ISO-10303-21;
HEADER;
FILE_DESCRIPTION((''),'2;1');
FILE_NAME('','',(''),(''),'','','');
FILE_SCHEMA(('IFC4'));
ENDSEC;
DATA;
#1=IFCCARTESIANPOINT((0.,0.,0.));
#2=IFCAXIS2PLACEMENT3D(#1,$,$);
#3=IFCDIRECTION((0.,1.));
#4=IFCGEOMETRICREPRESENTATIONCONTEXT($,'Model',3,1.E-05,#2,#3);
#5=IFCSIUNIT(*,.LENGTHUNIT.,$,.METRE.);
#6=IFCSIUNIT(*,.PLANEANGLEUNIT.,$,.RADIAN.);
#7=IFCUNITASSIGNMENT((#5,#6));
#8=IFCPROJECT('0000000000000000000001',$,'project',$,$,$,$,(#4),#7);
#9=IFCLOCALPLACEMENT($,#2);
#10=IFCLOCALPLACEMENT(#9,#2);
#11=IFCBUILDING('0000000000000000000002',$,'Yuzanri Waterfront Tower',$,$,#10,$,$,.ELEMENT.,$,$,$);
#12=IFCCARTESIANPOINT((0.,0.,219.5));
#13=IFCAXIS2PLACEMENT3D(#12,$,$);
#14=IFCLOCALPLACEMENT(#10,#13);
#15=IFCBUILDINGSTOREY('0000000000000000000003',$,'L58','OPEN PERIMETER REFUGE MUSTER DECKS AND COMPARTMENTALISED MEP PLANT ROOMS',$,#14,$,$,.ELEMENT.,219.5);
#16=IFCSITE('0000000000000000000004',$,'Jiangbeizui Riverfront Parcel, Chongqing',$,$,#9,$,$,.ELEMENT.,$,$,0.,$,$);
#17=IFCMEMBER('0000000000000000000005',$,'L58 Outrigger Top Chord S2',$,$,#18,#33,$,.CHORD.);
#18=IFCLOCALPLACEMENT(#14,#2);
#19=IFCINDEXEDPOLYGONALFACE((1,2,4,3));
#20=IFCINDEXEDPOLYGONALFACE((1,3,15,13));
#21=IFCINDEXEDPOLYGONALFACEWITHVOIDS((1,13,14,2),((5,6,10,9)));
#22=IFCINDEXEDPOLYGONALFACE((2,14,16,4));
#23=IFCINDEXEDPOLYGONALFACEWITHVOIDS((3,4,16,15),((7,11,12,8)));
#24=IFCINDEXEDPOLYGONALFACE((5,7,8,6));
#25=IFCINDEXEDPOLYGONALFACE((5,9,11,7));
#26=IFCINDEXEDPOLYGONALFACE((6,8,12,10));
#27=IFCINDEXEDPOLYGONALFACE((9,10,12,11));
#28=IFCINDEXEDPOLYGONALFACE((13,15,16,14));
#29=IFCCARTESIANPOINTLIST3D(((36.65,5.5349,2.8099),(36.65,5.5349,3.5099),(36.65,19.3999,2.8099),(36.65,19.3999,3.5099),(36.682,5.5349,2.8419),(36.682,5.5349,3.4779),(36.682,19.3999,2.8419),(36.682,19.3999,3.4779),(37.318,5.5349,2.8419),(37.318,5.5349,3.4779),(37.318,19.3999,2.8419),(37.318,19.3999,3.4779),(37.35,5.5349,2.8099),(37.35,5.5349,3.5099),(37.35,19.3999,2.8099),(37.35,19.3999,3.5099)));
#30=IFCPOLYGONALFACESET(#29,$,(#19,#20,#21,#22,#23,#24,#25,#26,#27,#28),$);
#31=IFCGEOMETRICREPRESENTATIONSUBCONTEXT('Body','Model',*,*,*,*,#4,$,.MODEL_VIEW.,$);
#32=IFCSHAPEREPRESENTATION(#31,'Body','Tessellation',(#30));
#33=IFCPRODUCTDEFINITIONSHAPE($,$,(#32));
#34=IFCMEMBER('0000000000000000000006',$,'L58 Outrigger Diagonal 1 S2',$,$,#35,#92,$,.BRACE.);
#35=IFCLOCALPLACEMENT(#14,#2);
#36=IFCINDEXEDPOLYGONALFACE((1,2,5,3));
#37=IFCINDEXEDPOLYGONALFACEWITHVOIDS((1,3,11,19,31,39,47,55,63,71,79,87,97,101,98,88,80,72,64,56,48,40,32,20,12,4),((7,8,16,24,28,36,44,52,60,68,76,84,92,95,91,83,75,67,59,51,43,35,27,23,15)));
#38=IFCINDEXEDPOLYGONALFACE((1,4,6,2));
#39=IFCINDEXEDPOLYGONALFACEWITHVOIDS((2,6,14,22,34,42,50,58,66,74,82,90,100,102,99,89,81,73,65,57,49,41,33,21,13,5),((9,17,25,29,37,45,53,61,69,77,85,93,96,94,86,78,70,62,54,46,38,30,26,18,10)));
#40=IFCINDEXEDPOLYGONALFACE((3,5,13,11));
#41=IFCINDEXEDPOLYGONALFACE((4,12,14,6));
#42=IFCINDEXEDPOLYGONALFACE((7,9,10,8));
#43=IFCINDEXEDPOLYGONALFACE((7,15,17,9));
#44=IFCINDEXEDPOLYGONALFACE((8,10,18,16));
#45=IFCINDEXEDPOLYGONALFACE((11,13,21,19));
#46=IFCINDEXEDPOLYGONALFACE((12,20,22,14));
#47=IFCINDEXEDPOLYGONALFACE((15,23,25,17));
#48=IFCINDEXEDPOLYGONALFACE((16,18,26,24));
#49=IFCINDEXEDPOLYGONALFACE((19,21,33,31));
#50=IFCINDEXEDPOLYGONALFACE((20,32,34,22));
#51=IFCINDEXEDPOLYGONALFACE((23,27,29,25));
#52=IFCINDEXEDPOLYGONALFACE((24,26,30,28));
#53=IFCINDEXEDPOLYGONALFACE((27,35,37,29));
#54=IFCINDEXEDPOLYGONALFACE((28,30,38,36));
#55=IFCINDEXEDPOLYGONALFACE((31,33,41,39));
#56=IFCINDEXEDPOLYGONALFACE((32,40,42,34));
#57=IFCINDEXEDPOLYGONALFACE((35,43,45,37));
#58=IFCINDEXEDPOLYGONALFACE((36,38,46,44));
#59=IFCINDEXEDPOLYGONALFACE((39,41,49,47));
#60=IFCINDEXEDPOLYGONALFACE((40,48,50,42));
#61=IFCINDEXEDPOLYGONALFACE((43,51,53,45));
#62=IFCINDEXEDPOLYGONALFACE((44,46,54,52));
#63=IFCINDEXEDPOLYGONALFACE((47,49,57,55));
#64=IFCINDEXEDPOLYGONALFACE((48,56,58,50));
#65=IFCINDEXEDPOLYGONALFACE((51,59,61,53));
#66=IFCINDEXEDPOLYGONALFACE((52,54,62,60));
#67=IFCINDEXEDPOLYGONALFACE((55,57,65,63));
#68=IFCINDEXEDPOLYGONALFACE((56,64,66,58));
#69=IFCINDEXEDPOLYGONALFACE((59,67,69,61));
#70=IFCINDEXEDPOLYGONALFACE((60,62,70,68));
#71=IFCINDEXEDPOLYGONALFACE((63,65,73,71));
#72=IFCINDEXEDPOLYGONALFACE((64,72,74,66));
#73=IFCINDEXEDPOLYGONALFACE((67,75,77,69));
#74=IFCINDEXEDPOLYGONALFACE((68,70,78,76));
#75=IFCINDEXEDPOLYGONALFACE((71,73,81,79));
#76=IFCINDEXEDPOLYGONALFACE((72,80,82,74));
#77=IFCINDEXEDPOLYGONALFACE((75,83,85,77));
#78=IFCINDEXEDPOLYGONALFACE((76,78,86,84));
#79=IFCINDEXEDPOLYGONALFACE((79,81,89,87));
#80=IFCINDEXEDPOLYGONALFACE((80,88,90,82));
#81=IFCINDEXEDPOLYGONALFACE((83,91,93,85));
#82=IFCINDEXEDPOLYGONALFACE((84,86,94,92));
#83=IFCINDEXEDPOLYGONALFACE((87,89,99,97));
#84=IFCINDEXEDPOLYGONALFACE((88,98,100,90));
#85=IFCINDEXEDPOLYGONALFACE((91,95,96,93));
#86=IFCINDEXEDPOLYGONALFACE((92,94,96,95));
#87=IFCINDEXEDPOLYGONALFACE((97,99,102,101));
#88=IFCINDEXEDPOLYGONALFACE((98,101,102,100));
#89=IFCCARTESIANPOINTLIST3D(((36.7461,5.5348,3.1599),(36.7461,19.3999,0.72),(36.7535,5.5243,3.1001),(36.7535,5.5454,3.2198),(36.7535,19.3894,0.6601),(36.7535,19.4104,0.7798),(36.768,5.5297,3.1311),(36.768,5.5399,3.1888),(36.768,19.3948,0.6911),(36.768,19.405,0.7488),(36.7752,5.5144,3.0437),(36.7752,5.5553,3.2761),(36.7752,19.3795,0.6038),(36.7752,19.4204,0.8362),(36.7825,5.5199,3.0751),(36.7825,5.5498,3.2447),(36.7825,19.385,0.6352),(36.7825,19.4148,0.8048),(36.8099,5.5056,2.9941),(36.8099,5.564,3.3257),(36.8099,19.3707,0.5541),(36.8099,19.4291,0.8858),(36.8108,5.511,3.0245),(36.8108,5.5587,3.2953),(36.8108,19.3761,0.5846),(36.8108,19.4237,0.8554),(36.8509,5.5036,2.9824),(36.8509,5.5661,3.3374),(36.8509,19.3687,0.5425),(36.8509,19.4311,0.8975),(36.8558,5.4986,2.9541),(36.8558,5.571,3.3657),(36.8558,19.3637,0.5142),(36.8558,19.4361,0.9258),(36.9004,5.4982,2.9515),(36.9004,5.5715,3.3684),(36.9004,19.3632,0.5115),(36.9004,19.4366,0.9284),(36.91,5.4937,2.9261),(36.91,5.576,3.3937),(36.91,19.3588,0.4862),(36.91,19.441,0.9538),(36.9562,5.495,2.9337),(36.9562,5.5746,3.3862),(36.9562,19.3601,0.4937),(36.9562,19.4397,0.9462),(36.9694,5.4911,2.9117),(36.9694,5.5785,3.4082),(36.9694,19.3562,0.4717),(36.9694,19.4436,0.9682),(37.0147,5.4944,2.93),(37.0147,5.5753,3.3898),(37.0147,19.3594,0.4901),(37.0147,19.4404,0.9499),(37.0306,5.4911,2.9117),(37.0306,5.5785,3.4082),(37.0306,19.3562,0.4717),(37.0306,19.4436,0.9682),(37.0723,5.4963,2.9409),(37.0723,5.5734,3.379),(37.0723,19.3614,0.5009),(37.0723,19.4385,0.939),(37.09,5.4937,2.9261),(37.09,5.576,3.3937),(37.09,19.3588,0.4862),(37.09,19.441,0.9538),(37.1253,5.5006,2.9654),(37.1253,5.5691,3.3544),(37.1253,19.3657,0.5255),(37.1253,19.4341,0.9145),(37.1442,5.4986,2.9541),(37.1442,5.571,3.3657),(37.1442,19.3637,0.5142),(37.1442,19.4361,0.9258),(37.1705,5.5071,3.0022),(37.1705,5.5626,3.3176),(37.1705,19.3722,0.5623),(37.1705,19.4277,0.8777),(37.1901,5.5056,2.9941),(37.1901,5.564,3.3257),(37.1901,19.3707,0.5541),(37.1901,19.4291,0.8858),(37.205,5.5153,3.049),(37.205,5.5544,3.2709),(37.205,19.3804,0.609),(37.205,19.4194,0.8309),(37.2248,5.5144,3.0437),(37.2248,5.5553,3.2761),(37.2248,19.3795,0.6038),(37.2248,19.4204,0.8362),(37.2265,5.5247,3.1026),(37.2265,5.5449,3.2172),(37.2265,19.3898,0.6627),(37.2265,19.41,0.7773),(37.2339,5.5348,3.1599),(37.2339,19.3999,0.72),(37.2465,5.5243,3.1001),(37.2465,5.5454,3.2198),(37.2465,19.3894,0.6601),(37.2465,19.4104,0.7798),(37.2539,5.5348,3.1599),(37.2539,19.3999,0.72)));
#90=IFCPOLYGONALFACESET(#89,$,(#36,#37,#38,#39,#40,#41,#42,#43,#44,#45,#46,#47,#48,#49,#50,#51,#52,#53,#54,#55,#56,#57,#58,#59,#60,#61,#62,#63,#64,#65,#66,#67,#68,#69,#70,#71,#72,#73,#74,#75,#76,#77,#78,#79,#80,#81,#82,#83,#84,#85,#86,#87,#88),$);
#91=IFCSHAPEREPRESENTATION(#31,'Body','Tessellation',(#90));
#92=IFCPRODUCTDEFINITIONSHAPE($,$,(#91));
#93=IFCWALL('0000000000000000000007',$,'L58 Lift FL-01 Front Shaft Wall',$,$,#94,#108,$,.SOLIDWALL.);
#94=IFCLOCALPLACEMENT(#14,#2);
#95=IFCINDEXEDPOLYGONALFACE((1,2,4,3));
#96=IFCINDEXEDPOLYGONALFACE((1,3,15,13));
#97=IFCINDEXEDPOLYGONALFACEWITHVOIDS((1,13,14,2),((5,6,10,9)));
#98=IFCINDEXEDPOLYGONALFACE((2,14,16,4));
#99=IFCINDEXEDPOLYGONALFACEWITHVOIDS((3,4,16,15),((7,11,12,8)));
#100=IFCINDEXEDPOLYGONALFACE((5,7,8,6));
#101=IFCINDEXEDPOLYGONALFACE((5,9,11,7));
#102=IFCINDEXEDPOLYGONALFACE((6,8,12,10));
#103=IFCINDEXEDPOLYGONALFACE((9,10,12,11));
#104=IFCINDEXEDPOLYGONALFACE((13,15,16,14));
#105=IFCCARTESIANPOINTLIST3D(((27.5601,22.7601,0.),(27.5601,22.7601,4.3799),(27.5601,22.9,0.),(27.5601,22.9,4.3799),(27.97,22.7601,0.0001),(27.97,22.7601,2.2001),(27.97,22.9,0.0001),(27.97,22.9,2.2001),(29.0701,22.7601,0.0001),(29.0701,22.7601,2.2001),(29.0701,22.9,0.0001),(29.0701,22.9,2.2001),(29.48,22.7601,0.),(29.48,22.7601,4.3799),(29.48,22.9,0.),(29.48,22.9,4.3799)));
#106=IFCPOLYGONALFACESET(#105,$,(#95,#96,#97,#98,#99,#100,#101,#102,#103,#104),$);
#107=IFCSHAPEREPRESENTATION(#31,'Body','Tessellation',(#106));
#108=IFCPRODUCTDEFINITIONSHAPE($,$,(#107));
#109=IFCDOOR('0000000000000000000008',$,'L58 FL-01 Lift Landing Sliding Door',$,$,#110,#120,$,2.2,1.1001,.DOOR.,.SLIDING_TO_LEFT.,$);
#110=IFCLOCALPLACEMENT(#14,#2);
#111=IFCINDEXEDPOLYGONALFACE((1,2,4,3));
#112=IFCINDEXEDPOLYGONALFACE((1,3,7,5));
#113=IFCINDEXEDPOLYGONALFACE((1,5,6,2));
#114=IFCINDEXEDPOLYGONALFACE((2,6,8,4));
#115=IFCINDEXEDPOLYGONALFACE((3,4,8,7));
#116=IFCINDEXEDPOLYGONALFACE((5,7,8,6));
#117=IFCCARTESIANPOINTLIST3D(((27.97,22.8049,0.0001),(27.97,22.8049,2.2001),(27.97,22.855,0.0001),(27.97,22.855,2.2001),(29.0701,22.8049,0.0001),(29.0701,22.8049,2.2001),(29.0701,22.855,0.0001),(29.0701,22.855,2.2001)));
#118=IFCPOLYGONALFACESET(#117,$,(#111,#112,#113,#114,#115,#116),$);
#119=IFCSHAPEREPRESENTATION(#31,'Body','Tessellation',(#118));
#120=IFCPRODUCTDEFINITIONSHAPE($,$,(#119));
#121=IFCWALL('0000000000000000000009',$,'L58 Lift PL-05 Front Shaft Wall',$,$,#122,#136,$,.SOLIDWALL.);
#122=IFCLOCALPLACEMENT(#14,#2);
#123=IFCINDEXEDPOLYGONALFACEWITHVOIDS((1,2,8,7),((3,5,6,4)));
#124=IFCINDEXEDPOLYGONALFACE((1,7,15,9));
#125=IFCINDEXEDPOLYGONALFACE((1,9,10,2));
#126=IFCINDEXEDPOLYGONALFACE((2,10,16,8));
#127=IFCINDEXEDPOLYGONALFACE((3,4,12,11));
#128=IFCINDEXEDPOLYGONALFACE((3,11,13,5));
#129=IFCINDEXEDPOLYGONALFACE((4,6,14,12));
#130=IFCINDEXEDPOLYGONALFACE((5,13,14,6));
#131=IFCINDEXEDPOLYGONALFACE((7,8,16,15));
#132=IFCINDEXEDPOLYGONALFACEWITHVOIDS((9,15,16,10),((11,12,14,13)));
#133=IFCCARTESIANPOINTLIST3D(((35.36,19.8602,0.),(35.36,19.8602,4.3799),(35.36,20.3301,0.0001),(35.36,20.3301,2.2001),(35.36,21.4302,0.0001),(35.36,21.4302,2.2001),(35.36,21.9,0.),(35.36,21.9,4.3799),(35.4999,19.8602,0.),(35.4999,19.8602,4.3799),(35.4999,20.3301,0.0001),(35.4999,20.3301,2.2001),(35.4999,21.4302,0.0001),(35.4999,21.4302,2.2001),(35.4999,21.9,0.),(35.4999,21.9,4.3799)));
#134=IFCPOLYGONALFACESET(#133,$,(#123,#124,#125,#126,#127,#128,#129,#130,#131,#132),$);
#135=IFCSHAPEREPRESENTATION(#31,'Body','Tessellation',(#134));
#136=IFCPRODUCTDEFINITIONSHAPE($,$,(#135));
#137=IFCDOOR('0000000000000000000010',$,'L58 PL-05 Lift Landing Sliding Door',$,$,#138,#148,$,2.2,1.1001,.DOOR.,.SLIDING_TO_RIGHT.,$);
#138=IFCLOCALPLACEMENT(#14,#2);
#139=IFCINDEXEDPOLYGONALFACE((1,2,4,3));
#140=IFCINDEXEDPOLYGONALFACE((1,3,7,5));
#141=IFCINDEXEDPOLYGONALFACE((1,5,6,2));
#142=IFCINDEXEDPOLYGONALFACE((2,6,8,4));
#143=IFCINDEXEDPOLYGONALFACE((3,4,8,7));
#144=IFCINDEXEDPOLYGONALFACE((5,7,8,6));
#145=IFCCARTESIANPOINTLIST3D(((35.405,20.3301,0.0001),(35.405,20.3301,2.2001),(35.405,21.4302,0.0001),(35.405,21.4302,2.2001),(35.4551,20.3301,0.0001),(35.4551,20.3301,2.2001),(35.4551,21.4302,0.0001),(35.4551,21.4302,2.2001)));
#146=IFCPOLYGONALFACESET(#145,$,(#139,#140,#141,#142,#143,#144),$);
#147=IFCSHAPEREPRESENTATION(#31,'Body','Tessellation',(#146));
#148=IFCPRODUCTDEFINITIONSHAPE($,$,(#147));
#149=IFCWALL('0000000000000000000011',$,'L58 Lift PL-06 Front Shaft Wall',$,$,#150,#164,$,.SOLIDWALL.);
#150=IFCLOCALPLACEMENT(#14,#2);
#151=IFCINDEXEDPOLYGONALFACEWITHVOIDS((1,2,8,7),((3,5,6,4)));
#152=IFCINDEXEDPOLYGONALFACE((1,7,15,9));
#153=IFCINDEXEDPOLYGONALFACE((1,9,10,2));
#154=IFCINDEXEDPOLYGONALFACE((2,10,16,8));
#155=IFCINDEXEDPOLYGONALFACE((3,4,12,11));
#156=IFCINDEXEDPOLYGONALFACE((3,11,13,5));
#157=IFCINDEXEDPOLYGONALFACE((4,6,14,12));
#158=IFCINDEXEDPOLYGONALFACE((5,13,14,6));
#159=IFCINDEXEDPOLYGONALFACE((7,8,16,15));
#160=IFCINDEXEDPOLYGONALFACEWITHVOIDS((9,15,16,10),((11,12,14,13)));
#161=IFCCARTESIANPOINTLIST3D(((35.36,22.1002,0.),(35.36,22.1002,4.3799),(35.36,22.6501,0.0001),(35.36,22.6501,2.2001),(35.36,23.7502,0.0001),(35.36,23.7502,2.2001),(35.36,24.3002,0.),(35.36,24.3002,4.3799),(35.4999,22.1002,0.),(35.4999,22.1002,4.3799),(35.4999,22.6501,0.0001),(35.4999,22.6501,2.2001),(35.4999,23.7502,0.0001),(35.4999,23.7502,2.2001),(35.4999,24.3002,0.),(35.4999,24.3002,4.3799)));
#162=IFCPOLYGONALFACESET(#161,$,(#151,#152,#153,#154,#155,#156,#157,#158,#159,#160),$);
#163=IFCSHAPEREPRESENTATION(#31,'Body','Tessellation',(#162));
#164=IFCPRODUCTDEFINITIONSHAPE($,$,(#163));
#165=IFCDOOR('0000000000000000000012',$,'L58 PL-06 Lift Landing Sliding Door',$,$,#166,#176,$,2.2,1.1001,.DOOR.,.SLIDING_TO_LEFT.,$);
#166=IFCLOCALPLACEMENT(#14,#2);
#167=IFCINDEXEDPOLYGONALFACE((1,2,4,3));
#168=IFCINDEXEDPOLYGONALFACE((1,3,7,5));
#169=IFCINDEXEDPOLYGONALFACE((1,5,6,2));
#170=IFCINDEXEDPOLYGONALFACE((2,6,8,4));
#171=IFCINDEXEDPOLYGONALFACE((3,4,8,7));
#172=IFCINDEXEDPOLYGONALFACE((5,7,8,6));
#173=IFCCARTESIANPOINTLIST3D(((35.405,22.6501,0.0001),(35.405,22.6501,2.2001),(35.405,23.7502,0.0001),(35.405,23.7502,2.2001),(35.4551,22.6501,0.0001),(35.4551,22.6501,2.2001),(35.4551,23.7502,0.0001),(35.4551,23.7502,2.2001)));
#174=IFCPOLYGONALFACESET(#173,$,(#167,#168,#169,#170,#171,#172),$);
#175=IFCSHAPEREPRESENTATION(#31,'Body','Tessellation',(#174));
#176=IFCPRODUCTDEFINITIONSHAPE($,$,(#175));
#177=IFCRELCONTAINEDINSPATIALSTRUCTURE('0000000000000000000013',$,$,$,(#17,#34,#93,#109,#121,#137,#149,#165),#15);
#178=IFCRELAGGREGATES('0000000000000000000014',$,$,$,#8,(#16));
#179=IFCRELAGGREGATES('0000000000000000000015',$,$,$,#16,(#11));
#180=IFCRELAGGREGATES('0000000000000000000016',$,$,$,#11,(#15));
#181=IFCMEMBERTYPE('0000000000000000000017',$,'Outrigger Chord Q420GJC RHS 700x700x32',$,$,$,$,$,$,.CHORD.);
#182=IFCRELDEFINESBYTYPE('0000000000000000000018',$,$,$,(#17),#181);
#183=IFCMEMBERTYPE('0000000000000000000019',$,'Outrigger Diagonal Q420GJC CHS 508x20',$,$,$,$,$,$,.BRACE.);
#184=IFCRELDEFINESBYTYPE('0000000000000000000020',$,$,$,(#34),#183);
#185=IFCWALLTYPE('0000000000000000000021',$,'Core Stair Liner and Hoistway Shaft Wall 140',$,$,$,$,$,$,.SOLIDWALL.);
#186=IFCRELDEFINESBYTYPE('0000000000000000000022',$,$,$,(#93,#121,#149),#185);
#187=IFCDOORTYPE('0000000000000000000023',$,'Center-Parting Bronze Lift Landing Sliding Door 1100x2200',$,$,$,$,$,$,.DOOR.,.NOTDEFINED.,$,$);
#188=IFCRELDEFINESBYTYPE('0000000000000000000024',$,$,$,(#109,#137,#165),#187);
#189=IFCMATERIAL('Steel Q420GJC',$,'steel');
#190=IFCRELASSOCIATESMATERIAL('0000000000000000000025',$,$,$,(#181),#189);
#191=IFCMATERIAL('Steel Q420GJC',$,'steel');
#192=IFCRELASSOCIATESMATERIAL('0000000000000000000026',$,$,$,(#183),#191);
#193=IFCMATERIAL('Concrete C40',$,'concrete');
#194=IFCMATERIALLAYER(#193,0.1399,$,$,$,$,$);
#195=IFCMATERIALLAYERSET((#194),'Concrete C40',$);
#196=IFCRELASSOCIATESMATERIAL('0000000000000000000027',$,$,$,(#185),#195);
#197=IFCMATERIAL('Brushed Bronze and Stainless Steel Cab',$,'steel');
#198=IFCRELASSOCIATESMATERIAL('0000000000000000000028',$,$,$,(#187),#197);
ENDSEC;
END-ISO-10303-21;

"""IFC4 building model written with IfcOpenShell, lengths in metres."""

from ifc_helpers import new_model, si_unit, direction, frame, frame_2d, origin, origin_2d, place, context, subcontext, project, spatial, rectangle, hollow_rectangle, hollow_circle, extrude, source, transform, mapped, material, layer, layer_set, material_profile, profile_set, type_object, element, fill, save


model = new_model("IFC4")

# Units and contexts
model_context = context("Model", 3, precision=1e-05, world=origin(), true_north=direction((0.0, 1.0)))
body_context = subcontext(model_context, "Body", "Model", "MODEL_VIEW")
ifc_project = project(units=[si_unit("LENGTHUNIT", "METRE"), si_unit("PLANEANGLEUNIT", "RADIAN")], contexts=[model_context])

# Site, building, storey
site_placement = place(None, origin())
site = spatial("IfcSite", under=ifc_project, at=site_placement, Name="Jiangbeizui Riverfront Parcel, Chongqing", CompositionType="ELEMENT", RefElevation=0.0)
building_placement = place(site_placement, origin())
building = spatial("IfcBuilding", under=site, at=building_placement, Name="Yuzanri Waterfront Tower", CompositionType="ELEMENT")
storey_placement = place(building_placement, frame((0.0, 0.0, 219.5)))
storey = spatial("IfcBuildingStorey", under=building, at=storey_placement, Name="L58", Description="OPEN PERIMETER REFUGE MUSTER DECKS AND COMPARTMENTALISED MEP PLANT ROOMS", CompositionType="ELEMENT", Elevation=219.5)

# Members
ifc_material_1 = material(Name="Steel Q420GJC", Category="steel")
ifc_material_profile_1 = material_profile(ifc_material_1, hollow_rectangle(XDim=0.7, YDim=0.7, WallThickness=0.032, at=origin_2d()), Name="RHS 700x700x32")
ifc_profile_set_1 = profile_set([ifc_material_profile_1], Name="Steel Q420GJC")
member_type_1 = type_object("IfcMemberType", Name="Outrigger Chord Q420GJC RHS 700x700x32", PredefinedType="CHORD", material=ifc_profile_set_1)
shared_shape_1 = source(origin(), body_context, "Body", "SweptSolid", [
    extrude(hollow_rectangle(XDim=0.7, YDim=0.7, WallThickness=0.032, at=origin_2d()), origin(), (0.0, 0.0, 1.0), 13.865),
])
member_1_placement = place(storey_placement, frame((37.0, 19.3999, 3.1599), z_axis=(0.0, -1.0, 0.0), x_axis=(1.0, 0.0, 0.0)))
element("IfcMember", 1, at=member_1_placement, inside=storey, type_object=member_type_1, Name="L58 Outrigger Top Chord S2", PredefinedType="CHORD", context=body_context, shape_type="MappedRepresentation", body=[
    mapped(shared_shape_1, transform((0.0, 0.0, 0.0), scale=1.0)),
])
ifc_material_2 = material(Name="Steel Q420GJC", Category="steel")
ifc_material_profile_2 = material_profile(ifc_material_2, hollow_circle(Radius=0.2539, WallThickness=0.02, at=origin_2d()), Name="CHS 508x20")
ifc_profile_set_2 = profile_set([ifc_material_profile_2], Name="Steel Q420GJC")
member_type_2 = type_object("IfcMemberType", Name="Outrigger Diagonal Q420GJC CHS 508x20", PredefinedType="BRACE", material=ifc_profile_set_2)
shared_shape_2 = source(origin(), body_context, "Body", "SweptSolid", [
    extrude(hollow_circle(Radius=0.2539, WallThickness=0.02, at=origin_2d()), origin(), (0.0, 0.0, 1.0), 14.0781),
])
member_2_placement = place(storey_placement, frame((37.0, 19.3999, 0.72), z_axis=(0.0, -0.984866, 0.173315), x_axis=(1.0, 0.0, 0.0)))
element("IfcMember", 2, at=member_2_placement, inside=storey, type_object=member_type_2, Name="L58 Outrigger Diagonal 1 S2", PredefinedType="BRACE", context=body_context, shape_type="MappedRepresentation", body=[
    mapped(shared_shape_2, transform((0.0, 0.0, 0.0), scale=1.0)),
])

# Walls, openings, doors
ifc_material_3 = material(Name="Concrete C40", Category="concrete")
ifc_layer_1 = layer(ifc_material_3, 0.1399)
ifc_layer_set_1 = layer_set([ifc_layer_1], Name="Concrete C40")
wall_type_1 = type_object("IfcWallType", Name="Core Stair Liner and Hoistway Shaft Wall 140", PredefinedType="SOLIDWALL", material=ifc_layer_set_1)
wall_1_placement = place(storey_placement, frame((27.5601, 22.8301, 0.0), z_axis=(0.0, 0.0, 1.0), x_axis=(1.0, 0.0, 0.0)))
wall_1 = element("IfcWall", 3, at=wall_1_placement, inside=storey, type_object=wall_type_1, Name="L58 Lift FL-01 Front Shaft Wall", PredefinedType="SOLIDWALL", context=body_context, shape_type="SweptSolid", body=[
    extrude(rectangle(XDim=1.9199, YDim=0.1399, at=frame_2d((0.96, 0.0))), origin(), (0.0, 0.0, 1.0), 4.3799),
])
opening_1_placement = place(wall_1_placement, frame((0.4099, 0.0, 0.0)))
opening_1 = element("IfcOpeningElement", 4, at=opening_1_placement, cuts=wall_1, PredefinedType="OPENING", context=body_context, shape_type="SweptSolid", body=[
    extrude(rectangle(XDim=1.1001, YDim=2.2, at=frame_2d((0.55, 1.1001))), frame((0.0, 0.085, 0.0), z_axis=(0.0, -1.0, 0.0), x_axis=(1.0, 0.0, 0.0)), (0.0, 0.0, 1.0), 0.1697),
])
ifc_material_4 = material(Name="Brushed Bronze and Stainless Steel Cab", Category="steel")
door_type_1 = type_object("IfcDoorType", Name="Center-Parting Bronze Lift Landing Sliding Door 1100x2200", OperationType="NOTDEFINED", PredefinedType="DOOR", material=ifc_material_4)
shared_shape_3 = source(origin(), body_context, "Body", "SweptSolid", [
    extrude(rectangle(XDim=1.1001, YDim=2.2, at=frame_2d((0.55, 1.1001))), frame((0.0, 0.0249, 0.0), z_axis=(0.0, -1.0, 0.0), x_axis=(1.0, 0.0, 0.0)), (0.0, 0.0, 1.0), 0.05),
])
door_1_placement = place(opening_1_placement, origin())
door_1 = element("IfcDoor", 5, at=door_1_placement, inside=storey, type_object=door_type_1, Name="L58 FL-01 Lift Landing Sliding Door", OperationType="SLIDING_TO_LEFT", OverallHeight=2.2, OverallWidth=1.1001, PredefinedType="DOOR", context=body_context, shape_type="MappedRepresentation", body=[
    mapped(shared_shape_3, transform((0.0, 0.0, 0.0), scale=1.0)),
])
fill(opening_1, door_1)
wall_2_placement = place(storey_placement, frame((35.4299, 19.8601, 0.0), z_axis=(0.0, 0.0, 1.0), x_axis=(0.0, 1.0, 0.0)))
wall_2 = element("IfcWall", 6, at=wall_2_placement, inside=storey, type_object=wall_type_1, Name="L58 Lift PL-05 Front Shaft Wall", PredefinedType="SOLIDWALL", context=body_context, shape_type="SweptSolid", body=[
    extrude(rectangle(XDim=2.0398, YDim=0.1399, at=frame_2d((1.02, 0.0))), origin(), (0.0, 0.0, 1.0), 4.3799),
])
opening_2_placement = place(wall_2_placement, frame((0.47, 0.0, 0.0)))
opening_2 = element("IfcOpeningElement", 7, at=opening_2_placement, cuts=wall_2, PredefinedType="OPENING", context=body_context, shape_type="SweptSolid", body=[
    extrude(rectangle(XDim=1.1001, YDim=2.2, at=frame_2d((0.55, 1.1001))), frame((0.0, 0.085, 0.0), z_axis=(0.0, -1.0, 0.0), x_axis=(1.0, 0.0, 0.0)), (0.0, 0.0, 1.0), 0.1697),
])
door_2_placement = place(opening_2_placement, origin())
door_2 = element("IfcDoor", 8, at=door_2_placement, inside=storey, type_object=door_type_1, Name="L58 PL-05 Lift Landing Sliding Door", OperationType="SLIDING_TO_RIGHT", OverallHeight=2.2, OverallWidth=1.1001, PredefinedType="DOOR", context=body_context, shape_type="MappedRepresentation", body=[
    mapped(shared_shape_3, transform((0.0, 0.0, 0.0), scale=1.0)),
])
fill(opening_2, door_2)
wall_3_placement = place(storey_placement, frame((35.4299, 22.1001, 0.0), z_axis=(0.0, 0.0, 1.0), x_axis=(0.0, 1.0, 0.0)))
wall_3 = element("IfcWall", 9, at=wall_3_placement, inside=storey, type_object=wall_type_1, Name="L58 Lift PL-06 Front Shaft Wall", PredefinedType="SOLIDWALL", context=body_context, shape_type="SweptSolid", body=[
    extrude(rectangle(XDim=2.2, YDim=0.1399, at=frame_2d((1.1001, 0.0))), origin(), (0.0, 0.0, 1.0), 4.3799),
])
opening_3_placement = place(wall_3_placement, frame((0.55, 0.0, 0.0)))
opening_3 = element("IfcOpeningElement", 10, at=opening_3_placement, cuts=wall_3, PredefinedType="OPENING", context=body_context, shape_type="SweptSolid", body=[
    extrude(rectangle(XDim=1.1001, YDim=2.2, at=frame_2d((0.55, 1.1001))), frame((0.0, 0.085, 0.0), z_axis=(0.0, -1.0, 0.0), x_axis=(1.0, 0.0, 0.0)), (0.0, 0.0, 1.0), 0.1697),
])
door_3_placement = place(opening_3_placement, origin())
door_3 = element("IfcDoor", 11, at=door_3_placement, inside=storey, type_object=door_type_1, Name="L58 PL-06 Lift Landing Sliding Door", OperationType="SLIDING_TO_LEFT", OverallHeight=2.2, OverallWidth=1.1001, PredefinedType="DOOR", context=body_context, shape_type="MappedRepresentation", body=[
    mapped(shared_shape_3, transform((0.0, 0.0, 0.0), scale=1.0)),
])
fill(opening_3, door_3)

save(model, "model.ifc")
